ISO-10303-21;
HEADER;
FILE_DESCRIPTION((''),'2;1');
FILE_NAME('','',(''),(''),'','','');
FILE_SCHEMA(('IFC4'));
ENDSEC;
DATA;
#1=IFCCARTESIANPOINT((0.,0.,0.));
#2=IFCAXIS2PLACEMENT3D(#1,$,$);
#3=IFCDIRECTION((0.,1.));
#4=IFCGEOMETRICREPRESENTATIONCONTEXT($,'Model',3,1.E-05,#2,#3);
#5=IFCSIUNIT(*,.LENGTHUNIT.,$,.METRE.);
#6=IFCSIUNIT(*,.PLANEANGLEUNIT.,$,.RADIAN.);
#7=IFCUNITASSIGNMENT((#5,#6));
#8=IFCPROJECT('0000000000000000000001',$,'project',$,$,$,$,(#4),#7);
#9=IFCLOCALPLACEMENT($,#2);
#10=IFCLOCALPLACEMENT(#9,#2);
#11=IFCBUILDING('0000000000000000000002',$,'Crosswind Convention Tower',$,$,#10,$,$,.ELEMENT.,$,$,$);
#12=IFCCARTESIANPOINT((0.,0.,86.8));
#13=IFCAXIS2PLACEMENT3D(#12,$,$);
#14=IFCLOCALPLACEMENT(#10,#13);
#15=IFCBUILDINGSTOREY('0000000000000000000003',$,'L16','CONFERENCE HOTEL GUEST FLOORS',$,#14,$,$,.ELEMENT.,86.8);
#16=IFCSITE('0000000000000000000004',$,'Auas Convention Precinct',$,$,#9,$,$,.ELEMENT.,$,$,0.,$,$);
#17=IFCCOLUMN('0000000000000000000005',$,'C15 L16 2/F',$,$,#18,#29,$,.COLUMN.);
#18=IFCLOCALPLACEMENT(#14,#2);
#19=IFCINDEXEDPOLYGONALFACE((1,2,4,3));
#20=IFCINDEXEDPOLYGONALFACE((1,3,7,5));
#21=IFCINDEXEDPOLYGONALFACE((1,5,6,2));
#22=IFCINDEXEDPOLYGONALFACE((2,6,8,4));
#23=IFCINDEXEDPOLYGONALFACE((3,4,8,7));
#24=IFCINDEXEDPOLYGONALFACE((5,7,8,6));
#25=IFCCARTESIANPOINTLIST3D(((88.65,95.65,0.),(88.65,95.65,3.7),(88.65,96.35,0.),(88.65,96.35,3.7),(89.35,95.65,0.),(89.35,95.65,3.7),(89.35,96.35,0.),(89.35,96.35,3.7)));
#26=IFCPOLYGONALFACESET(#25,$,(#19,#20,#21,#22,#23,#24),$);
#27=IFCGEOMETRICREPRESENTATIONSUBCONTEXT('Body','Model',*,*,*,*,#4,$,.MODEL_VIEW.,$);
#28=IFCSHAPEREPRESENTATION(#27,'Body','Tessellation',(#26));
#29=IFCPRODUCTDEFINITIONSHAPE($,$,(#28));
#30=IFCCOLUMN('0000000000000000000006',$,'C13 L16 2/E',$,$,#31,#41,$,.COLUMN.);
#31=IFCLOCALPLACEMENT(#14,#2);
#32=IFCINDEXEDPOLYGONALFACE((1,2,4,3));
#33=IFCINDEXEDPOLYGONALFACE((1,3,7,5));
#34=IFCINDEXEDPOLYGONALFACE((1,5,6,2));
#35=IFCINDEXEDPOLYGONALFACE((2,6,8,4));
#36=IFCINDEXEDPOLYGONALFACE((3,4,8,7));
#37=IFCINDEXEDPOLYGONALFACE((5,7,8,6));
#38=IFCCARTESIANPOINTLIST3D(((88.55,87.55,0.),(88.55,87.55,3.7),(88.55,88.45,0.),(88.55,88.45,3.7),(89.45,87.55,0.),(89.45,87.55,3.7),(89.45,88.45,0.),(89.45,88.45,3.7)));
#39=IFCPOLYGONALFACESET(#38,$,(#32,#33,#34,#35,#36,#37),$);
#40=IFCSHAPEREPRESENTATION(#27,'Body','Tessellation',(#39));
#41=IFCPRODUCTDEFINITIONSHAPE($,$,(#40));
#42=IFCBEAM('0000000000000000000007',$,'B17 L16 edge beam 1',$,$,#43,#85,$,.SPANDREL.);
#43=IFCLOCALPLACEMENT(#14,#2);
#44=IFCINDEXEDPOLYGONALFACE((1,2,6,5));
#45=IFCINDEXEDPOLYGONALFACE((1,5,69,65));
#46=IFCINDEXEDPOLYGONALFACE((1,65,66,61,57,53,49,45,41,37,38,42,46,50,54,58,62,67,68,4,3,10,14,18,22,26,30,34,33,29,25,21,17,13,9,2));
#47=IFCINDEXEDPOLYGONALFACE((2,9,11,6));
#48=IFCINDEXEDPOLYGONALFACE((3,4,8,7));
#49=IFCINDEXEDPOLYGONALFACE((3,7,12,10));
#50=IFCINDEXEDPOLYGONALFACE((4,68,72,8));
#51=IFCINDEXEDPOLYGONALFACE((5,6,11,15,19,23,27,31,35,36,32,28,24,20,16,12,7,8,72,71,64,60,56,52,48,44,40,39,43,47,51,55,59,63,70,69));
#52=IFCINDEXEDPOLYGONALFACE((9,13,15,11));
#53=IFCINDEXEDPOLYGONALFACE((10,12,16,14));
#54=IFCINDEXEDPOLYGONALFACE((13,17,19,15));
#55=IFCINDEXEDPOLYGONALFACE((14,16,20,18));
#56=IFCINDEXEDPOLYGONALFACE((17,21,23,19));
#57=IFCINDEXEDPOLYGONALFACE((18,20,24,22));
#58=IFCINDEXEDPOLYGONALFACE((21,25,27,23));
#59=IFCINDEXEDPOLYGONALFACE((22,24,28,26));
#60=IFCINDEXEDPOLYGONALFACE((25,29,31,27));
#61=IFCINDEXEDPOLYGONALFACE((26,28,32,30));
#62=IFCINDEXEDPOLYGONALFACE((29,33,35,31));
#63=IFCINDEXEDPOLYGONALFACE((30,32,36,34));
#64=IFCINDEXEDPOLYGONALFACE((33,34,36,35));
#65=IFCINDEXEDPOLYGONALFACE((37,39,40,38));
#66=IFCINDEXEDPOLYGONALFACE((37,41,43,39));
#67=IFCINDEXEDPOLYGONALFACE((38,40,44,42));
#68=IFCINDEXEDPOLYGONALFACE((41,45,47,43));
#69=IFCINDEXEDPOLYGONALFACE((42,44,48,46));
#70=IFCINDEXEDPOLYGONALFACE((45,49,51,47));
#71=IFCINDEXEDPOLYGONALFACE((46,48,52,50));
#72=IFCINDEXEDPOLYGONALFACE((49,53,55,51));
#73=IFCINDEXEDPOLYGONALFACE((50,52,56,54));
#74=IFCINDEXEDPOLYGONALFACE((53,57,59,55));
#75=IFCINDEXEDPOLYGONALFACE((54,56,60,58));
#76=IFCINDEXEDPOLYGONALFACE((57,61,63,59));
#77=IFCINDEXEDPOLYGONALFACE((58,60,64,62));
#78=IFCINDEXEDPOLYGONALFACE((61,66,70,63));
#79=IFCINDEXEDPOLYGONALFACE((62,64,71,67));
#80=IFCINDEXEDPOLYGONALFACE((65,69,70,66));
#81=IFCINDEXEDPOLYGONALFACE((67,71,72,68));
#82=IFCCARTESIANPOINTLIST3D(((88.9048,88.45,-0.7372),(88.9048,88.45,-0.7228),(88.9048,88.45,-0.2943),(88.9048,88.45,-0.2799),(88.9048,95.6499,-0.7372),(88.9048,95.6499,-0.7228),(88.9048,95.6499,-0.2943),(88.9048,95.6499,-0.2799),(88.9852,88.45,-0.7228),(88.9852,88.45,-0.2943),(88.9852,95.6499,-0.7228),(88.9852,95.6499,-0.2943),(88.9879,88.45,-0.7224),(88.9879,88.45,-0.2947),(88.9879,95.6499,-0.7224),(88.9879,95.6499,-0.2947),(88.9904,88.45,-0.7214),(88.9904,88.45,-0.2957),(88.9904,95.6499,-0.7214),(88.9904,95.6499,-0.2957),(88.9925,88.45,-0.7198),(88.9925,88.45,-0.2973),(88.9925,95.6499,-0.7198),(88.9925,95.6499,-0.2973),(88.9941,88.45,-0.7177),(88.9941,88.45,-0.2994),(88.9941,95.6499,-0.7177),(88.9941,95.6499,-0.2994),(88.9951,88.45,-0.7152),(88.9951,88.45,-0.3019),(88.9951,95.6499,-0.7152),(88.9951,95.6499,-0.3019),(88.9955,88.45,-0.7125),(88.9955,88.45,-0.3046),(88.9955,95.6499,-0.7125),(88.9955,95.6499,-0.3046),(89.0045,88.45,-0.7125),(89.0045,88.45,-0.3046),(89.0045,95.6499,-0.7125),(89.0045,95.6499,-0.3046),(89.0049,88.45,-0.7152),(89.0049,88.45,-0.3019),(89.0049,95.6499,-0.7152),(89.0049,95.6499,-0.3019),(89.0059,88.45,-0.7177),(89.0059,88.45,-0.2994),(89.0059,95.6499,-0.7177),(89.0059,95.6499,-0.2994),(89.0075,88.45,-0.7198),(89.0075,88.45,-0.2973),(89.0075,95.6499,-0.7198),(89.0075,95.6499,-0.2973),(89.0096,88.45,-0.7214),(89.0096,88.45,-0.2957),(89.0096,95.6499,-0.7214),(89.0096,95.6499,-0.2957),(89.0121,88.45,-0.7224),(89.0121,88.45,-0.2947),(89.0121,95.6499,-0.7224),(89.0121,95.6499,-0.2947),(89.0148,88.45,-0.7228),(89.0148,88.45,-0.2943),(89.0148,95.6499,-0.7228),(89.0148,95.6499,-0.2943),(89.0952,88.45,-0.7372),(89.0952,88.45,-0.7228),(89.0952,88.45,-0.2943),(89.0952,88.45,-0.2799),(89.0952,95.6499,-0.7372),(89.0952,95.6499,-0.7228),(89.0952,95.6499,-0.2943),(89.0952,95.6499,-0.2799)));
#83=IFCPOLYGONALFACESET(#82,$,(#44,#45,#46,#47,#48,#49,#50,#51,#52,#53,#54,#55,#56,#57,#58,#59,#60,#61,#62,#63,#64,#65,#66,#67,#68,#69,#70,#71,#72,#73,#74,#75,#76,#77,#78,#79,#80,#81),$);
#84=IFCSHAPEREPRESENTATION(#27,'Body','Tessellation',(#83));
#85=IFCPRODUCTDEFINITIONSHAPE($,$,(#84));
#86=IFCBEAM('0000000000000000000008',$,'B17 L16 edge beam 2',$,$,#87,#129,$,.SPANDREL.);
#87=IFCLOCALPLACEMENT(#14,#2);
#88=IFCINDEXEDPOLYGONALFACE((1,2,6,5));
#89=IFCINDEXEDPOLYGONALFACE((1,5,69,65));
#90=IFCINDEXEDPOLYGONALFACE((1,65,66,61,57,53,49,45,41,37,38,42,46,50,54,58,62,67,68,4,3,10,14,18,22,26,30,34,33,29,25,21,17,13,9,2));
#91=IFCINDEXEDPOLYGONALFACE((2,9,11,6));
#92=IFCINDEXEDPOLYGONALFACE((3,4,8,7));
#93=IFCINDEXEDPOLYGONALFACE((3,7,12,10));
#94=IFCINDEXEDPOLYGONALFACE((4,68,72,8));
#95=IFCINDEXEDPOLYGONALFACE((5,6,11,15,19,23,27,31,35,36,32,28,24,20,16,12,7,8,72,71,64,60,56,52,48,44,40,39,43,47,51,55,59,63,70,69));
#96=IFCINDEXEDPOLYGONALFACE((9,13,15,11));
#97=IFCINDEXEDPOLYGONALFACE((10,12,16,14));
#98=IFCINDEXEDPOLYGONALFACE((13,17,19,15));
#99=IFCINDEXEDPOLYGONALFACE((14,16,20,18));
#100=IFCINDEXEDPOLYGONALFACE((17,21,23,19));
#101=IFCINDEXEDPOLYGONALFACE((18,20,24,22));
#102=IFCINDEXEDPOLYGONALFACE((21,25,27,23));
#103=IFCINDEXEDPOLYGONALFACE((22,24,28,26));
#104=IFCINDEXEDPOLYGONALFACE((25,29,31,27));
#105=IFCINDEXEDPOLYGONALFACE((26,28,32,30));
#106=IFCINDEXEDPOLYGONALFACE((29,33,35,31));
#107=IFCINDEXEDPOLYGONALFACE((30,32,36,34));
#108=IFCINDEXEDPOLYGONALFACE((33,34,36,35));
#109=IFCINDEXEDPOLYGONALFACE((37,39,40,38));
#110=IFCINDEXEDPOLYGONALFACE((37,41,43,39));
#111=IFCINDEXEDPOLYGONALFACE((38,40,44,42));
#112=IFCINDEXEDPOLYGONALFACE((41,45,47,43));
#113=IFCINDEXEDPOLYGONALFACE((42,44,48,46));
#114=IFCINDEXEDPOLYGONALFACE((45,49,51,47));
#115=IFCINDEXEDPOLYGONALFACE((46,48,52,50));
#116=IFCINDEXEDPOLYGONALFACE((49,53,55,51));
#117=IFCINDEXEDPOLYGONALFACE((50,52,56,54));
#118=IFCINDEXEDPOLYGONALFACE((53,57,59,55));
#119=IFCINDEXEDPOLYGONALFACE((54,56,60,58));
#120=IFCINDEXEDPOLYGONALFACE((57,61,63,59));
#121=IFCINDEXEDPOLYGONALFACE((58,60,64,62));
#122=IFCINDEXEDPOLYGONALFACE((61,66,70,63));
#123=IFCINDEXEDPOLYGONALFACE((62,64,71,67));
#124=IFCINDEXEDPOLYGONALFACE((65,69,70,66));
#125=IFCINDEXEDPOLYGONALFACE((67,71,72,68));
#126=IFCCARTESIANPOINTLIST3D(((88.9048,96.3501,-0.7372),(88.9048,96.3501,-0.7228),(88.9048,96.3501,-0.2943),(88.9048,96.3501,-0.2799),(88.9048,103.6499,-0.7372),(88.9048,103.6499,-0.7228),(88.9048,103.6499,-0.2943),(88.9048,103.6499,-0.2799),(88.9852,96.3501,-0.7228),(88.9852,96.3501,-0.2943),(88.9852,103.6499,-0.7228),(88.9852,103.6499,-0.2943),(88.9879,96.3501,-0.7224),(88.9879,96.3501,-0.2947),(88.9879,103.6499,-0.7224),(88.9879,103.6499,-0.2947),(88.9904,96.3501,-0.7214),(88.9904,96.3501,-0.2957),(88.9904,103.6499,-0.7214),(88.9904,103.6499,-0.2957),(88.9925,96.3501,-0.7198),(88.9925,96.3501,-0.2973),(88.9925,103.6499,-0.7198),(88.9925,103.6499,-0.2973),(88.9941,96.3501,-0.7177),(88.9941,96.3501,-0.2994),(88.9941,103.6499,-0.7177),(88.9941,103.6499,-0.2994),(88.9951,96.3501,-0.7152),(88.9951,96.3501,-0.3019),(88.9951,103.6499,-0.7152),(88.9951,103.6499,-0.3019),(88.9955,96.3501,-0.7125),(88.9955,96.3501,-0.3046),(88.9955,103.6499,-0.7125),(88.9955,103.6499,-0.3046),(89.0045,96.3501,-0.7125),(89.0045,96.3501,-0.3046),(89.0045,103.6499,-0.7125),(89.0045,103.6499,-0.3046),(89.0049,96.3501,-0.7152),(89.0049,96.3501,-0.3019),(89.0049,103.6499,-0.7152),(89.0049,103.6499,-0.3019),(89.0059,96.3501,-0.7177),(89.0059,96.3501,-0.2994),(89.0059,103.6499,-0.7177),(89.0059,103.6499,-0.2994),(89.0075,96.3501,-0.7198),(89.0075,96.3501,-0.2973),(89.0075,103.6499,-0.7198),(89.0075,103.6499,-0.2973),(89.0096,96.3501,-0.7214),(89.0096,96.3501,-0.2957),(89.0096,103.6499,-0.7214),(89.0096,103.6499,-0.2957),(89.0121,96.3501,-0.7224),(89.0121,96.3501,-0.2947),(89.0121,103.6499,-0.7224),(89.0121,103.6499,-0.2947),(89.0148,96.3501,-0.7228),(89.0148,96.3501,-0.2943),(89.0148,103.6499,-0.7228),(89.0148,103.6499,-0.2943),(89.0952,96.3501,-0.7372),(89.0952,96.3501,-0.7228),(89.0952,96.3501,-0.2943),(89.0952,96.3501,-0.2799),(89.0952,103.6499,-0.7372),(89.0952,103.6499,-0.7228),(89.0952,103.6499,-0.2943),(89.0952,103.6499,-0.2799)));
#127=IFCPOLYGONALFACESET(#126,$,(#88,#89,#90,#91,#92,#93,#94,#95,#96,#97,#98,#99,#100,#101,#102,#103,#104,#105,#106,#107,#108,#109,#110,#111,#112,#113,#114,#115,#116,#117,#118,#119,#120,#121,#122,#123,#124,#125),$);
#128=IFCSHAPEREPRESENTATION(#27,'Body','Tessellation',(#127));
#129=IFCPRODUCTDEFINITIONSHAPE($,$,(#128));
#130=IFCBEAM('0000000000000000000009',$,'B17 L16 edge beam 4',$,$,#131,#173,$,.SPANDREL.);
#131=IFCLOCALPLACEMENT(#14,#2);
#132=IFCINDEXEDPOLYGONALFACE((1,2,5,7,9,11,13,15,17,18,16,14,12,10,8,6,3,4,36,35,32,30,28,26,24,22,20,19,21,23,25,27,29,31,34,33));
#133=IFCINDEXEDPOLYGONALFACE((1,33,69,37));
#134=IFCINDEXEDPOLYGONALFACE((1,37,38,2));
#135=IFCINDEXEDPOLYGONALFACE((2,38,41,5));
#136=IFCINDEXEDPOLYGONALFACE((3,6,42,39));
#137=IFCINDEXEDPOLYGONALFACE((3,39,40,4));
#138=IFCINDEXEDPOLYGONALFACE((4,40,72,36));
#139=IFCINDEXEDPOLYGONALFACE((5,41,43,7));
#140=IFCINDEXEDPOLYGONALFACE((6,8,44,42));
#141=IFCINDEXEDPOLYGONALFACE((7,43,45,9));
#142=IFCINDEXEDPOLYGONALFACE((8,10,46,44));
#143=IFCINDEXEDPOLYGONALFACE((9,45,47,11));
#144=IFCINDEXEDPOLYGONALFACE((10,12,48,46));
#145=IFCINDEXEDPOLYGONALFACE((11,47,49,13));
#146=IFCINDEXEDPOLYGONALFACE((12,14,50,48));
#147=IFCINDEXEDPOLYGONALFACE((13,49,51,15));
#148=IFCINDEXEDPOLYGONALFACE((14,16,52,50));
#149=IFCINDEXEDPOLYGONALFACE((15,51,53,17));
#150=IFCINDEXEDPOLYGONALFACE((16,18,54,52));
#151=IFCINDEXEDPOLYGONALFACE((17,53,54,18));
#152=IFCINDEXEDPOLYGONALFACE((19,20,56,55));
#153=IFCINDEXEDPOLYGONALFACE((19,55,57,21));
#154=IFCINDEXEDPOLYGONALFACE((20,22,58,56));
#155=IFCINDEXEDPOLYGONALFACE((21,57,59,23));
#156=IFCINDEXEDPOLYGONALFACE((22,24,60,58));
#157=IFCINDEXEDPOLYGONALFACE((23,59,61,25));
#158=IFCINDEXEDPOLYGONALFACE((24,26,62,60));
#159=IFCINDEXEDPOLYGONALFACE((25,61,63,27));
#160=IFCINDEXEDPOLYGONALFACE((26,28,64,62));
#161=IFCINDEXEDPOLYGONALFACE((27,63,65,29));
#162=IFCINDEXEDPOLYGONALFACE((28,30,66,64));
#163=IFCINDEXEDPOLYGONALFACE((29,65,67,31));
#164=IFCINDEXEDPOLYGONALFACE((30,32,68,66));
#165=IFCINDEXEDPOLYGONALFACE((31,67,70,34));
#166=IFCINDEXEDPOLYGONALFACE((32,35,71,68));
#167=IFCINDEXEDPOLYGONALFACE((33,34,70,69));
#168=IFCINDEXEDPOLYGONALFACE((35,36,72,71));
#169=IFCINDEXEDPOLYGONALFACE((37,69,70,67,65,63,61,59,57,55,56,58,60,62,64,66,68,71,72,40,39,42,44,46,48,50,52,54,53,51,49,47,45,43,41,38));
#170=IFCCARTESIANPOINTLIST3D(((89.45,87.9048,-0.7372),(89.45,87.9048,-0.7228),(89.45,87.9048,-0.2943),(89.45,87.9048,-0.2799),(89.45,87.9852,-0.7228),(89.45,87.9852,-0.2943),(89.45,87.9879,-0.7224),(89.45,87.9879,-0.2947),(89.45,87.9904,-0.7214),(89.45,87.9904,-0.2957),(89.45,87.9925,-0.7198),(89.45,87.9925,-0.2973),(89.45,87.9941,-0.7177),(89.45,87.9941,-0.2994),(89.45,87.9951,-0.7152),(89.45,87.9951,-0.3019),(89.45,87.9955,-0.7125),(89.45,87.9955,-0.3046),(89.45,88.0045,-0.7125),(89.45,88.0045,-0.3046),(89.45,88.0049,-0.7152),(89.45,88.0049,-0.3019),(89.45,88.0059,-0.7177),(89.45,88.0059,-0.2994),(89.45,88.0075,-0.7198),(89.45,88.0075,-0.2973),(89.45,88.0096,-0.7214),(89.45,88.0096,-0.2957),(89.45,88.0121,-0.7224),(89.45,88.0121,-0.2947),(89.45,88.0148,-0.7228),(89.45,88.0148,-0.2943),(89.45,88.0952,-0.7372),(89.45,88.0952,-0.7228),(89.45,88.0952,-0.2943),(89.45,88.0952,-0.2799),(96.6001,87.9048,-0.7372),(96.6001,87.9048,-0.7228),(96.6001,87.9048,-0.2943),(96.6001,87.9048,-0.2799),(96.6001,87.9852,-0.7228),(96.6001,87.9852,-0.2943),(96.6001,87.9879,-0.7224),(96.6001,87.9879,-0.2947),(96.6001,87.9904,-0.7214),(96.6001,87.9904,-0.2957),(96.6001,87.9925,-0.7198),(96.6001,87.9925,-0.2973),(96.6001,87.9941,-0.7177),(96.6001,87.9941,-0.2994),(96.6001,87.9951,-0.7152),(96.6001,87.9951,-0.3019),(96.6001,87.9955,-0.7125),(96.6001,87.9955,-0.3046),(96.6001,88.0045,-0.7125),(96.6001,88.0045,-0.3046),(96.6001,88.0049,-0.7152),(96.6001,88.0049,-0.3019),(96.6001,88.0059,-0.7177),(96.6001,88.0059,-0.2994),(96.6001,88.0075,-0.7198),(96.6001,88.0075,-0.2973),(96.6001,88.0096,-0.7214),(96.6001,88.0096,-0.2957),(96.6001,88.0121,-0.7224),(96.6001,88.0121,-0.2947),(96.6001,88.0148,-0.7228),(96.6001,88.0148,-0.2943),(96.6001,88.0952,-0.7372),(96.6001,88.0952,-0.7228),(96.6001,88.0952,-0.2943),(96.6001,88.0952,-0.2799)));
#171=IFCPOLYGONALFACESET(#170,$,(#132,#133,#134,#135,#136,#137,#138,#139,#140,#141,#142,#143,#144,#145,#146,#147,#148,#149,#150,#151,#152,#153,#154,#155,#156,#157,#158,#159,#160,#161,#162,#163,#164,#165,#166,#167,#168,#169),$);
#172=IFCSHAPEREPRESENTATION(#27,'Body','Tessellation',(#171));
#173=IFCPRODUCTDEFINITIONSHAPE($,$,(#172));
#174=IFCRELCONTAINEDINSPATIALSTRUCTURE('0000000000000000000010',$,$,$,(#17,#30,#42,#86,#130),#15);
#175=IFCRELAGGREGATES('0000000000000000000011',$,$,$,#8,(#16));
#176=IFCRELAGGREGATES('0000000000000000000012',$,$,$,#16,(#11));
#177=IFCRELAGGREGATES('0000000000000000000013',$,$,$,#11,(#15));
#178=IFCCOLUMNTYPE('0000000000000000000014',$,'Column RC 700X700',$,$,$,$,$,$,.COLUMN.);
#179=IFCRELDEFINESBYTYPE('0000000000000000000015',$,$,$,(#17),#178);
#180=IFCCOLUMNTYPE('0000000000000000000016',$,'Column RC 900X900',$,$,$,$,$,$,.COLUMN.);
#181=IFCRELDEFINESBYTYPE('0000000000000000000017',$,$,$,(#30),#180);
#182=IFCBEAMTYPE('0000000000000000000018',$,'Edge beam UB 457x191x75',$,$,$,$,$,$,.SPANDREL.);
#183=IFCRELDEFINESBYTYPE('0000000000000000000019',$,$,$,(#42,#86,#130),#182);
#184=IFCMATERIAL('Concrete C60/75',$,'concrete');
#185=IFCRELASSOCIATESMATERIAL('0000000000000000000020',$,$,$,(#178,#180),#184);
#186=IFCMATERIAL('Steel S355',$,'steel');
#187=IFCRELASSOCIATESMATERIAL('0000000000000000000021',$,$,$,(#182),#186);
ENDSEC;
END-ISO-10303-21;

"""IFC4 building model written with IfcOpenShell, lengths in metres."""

from ifc_helpers import new_model, si_unit, direction, frame, origin, origin_2d, place, context, subcontext, project, spatial, rectangle, i_section, extrude, material, material_profile, profile_set, type_object, element, save


model = new_model("IFC4")

# Units and contexts
model_context = context("Model", 3, precision=1e-05, world=origin(), true_north=direction((0.0, 1.0)))
body_context = subcontext(model_context, "Body", "Model", "MODEL_VIEW")
ifc_project = project(units=[si_unit("LENGTHUNIT", "METRE"), si_unit("PLANEANGLEUNIT", "RADIAN")], contexts=[model_context])

# Site, building, storey
site_placement = place(None, origin())
site = spatial("IfcSite", under=ifc_project, at=site_placement, Name="Auas Convention Precinct", CompositionType="ELEMENT", RefElevation=0.0)
building_placement = place(site_placement, origin())
building = spatial("IfcBuilding", under=site, at=building_placement, Name="Crosswind Convention Tower", CompositionType="ELEMENT")
storey_placement = place(building_placement, frame((0.0, 0.0, 86.8)))
storey = spatial("IfcBuildingStorey", under=building, at=storey_placement, Name="L16", Description="CONFERENCE HOTEL GUEST FLOORS", CompositionType="ELEMENT", Elevation=86.8)

# Columns
ifc_material_1 = material(Name="Concrete C60/75", Category="concrete")
ifc_material_profile_1 = material_profile(ifc_material_1, rectangle(XDim=0.7, YDim=0.7, at=origin_2d()), Name="RC 700X700")
ifc_profile_set_1 = profile_set([ifc_material_profile_1], Name="Concrete C60/75")
column_type_1 = type_object("IfcColumnType", Name="Column RC 700X700", PredefinedType="COLUMN", material=ifc_profile_set_1)
column_1_placement = place(storey_placement, frame((89.0, 96.0, 0.0), z_axis=(0.0, 0.0, 1.0), x_axis=(1.0, 0.0, 0.0)))
element("IfcColumn", 1, at=column_1_placement, inside=storey, type_object=column_type_1, Name="C15 L16 2/F", PredefinedType="COLUMN", context=body_context, shape_type="SweptSolid", body=[
    extrude(rectangle(XDim=0.7, YDim=0.7, at=origin_2d()), origin(), (0.0, 0.0, 1.0), 3.7),
])
ifc_material_profile_2 = material_profile(ifc_material_1, rectangle(XDim=0.8999, YDim=0.8999, at=origin_2d()), Name="RC 900X900")
ifc_profile_set_2 = profile_set([ifc_material_profile_2], Name="Concrete C60/75")
column_type_2 = type_object("IfcColumnType", Name="Column RC 900X900", PredefinedType="COLUMN", material=ifc_profile_set_2)
column_2_placement = place(storey_placement, frame((89.0, 88.0, 0.0), z_axis=(0.0, 0.0, 1.0), x_axis=(1.0, 0.0, 0.0)))
element("IfcColumn", 2, at=column_2_placement, inside=storey, type_object=column_type_2, Name="C13 L16 2/E", PredefinedType="COLUMN", context=body_context, shape_type="SweptSolid", body=[
    extrude(rectangle(XDim=0.8999, YDim=0.8999, at=origin_2d()), origin(), (0.0, 0.0, 1.0), 3.7),
])

# Beams
ifc_material_2 = material(Name="Steel S355", Category="steel")
ifc_material_profile_3 = material_profile(ifc_material_2, i_section(OverallWidth=0.1904, OverallDepth=0.4573, WebThickness=0.009, FlangeThickness=0.0144, FilletRadius=0.0103, at=origin_2d()), Name="UB 457x191x75")
ifc_profile_set_3 = profile_set([ifc_material_profile_3], Name="Steel S355")
beam_type_1 = type_object("IfcBeamType", Name="Edge beam UB 457x191x75", PredefinedType="SPANDREL", material=ifc_profile_set_3)
beam_1_placement = place(storey_placement, frame((89.0, 88.45, -0.5085), z_axis=(0.0, 1.0, 0.0), x_axis=(-1.0, 0.0, 0.0)))
element("IfcBeam", 3, at=beam_1_placement, inside=storey, type_object=beam_type_1, Name="B17 L16 edge beam 1", PredefinedType="SPANDREL", context=body_context, shape_type="SweptSolid", body=[
    extrude(i_section(OverallWidth=0.1904, OverallDepth=0.4573, WebThickness=0.009, FlangeThickness=0.0144, FilletRadius=0.0103, at=origin_2d()), origin(), (0.0, 0.0, 1.0), 7.2),
])
beam_2_placement = place(storey_placement, frame((89.0, 96.3501, -0.5085), z_axis=(0.0, 1.0, 0.0), x_axis=(-1.0, 0.0, 0.0)))
element("IfcBeam", 4, at=beam_2_placement, inside=storey, type_object=beam_type_1, Name="B17 L16 edge beam 2", PredefinedType="SPANDREL", context=body_context, shape_type="SweptSolid", body=[
    extrude(i_section(OverallWidth=0.1904, OverallDepth=0.4573, WebThickness=0.009, FlangeThickness=0.0144, FilletRadius=0.0103, at=origin_2d()), origin(), (0.0, 0.0, 1.0), 7.2998),
])
beam_3_placement = place(storey_placement, frame((89.45, 88.0, -0.5085), z_axis=(1.0, 0.0, 0.0), x_axis=(0.0, 1.0, 0.0)))
element("IfcBeam", 5, at=beam_3_placement, inside=storey, type_object=beam_type_1, Name="B17 L16 edge beam 4", PredefinedType="SPANDREL", context=body_context, shape_type="SweptSolid", body=[
    extrude(i_section(OverallWidth=0.1904, OverallDepth=0.4573, WebThickness=0.009, FlangeThickness=0.0144, FilletRadius=0.0103, at=origin_2d()), origin(), (0.0, 0.0, 1.0), 7.1501),
])

save(model, "model.ifc")
